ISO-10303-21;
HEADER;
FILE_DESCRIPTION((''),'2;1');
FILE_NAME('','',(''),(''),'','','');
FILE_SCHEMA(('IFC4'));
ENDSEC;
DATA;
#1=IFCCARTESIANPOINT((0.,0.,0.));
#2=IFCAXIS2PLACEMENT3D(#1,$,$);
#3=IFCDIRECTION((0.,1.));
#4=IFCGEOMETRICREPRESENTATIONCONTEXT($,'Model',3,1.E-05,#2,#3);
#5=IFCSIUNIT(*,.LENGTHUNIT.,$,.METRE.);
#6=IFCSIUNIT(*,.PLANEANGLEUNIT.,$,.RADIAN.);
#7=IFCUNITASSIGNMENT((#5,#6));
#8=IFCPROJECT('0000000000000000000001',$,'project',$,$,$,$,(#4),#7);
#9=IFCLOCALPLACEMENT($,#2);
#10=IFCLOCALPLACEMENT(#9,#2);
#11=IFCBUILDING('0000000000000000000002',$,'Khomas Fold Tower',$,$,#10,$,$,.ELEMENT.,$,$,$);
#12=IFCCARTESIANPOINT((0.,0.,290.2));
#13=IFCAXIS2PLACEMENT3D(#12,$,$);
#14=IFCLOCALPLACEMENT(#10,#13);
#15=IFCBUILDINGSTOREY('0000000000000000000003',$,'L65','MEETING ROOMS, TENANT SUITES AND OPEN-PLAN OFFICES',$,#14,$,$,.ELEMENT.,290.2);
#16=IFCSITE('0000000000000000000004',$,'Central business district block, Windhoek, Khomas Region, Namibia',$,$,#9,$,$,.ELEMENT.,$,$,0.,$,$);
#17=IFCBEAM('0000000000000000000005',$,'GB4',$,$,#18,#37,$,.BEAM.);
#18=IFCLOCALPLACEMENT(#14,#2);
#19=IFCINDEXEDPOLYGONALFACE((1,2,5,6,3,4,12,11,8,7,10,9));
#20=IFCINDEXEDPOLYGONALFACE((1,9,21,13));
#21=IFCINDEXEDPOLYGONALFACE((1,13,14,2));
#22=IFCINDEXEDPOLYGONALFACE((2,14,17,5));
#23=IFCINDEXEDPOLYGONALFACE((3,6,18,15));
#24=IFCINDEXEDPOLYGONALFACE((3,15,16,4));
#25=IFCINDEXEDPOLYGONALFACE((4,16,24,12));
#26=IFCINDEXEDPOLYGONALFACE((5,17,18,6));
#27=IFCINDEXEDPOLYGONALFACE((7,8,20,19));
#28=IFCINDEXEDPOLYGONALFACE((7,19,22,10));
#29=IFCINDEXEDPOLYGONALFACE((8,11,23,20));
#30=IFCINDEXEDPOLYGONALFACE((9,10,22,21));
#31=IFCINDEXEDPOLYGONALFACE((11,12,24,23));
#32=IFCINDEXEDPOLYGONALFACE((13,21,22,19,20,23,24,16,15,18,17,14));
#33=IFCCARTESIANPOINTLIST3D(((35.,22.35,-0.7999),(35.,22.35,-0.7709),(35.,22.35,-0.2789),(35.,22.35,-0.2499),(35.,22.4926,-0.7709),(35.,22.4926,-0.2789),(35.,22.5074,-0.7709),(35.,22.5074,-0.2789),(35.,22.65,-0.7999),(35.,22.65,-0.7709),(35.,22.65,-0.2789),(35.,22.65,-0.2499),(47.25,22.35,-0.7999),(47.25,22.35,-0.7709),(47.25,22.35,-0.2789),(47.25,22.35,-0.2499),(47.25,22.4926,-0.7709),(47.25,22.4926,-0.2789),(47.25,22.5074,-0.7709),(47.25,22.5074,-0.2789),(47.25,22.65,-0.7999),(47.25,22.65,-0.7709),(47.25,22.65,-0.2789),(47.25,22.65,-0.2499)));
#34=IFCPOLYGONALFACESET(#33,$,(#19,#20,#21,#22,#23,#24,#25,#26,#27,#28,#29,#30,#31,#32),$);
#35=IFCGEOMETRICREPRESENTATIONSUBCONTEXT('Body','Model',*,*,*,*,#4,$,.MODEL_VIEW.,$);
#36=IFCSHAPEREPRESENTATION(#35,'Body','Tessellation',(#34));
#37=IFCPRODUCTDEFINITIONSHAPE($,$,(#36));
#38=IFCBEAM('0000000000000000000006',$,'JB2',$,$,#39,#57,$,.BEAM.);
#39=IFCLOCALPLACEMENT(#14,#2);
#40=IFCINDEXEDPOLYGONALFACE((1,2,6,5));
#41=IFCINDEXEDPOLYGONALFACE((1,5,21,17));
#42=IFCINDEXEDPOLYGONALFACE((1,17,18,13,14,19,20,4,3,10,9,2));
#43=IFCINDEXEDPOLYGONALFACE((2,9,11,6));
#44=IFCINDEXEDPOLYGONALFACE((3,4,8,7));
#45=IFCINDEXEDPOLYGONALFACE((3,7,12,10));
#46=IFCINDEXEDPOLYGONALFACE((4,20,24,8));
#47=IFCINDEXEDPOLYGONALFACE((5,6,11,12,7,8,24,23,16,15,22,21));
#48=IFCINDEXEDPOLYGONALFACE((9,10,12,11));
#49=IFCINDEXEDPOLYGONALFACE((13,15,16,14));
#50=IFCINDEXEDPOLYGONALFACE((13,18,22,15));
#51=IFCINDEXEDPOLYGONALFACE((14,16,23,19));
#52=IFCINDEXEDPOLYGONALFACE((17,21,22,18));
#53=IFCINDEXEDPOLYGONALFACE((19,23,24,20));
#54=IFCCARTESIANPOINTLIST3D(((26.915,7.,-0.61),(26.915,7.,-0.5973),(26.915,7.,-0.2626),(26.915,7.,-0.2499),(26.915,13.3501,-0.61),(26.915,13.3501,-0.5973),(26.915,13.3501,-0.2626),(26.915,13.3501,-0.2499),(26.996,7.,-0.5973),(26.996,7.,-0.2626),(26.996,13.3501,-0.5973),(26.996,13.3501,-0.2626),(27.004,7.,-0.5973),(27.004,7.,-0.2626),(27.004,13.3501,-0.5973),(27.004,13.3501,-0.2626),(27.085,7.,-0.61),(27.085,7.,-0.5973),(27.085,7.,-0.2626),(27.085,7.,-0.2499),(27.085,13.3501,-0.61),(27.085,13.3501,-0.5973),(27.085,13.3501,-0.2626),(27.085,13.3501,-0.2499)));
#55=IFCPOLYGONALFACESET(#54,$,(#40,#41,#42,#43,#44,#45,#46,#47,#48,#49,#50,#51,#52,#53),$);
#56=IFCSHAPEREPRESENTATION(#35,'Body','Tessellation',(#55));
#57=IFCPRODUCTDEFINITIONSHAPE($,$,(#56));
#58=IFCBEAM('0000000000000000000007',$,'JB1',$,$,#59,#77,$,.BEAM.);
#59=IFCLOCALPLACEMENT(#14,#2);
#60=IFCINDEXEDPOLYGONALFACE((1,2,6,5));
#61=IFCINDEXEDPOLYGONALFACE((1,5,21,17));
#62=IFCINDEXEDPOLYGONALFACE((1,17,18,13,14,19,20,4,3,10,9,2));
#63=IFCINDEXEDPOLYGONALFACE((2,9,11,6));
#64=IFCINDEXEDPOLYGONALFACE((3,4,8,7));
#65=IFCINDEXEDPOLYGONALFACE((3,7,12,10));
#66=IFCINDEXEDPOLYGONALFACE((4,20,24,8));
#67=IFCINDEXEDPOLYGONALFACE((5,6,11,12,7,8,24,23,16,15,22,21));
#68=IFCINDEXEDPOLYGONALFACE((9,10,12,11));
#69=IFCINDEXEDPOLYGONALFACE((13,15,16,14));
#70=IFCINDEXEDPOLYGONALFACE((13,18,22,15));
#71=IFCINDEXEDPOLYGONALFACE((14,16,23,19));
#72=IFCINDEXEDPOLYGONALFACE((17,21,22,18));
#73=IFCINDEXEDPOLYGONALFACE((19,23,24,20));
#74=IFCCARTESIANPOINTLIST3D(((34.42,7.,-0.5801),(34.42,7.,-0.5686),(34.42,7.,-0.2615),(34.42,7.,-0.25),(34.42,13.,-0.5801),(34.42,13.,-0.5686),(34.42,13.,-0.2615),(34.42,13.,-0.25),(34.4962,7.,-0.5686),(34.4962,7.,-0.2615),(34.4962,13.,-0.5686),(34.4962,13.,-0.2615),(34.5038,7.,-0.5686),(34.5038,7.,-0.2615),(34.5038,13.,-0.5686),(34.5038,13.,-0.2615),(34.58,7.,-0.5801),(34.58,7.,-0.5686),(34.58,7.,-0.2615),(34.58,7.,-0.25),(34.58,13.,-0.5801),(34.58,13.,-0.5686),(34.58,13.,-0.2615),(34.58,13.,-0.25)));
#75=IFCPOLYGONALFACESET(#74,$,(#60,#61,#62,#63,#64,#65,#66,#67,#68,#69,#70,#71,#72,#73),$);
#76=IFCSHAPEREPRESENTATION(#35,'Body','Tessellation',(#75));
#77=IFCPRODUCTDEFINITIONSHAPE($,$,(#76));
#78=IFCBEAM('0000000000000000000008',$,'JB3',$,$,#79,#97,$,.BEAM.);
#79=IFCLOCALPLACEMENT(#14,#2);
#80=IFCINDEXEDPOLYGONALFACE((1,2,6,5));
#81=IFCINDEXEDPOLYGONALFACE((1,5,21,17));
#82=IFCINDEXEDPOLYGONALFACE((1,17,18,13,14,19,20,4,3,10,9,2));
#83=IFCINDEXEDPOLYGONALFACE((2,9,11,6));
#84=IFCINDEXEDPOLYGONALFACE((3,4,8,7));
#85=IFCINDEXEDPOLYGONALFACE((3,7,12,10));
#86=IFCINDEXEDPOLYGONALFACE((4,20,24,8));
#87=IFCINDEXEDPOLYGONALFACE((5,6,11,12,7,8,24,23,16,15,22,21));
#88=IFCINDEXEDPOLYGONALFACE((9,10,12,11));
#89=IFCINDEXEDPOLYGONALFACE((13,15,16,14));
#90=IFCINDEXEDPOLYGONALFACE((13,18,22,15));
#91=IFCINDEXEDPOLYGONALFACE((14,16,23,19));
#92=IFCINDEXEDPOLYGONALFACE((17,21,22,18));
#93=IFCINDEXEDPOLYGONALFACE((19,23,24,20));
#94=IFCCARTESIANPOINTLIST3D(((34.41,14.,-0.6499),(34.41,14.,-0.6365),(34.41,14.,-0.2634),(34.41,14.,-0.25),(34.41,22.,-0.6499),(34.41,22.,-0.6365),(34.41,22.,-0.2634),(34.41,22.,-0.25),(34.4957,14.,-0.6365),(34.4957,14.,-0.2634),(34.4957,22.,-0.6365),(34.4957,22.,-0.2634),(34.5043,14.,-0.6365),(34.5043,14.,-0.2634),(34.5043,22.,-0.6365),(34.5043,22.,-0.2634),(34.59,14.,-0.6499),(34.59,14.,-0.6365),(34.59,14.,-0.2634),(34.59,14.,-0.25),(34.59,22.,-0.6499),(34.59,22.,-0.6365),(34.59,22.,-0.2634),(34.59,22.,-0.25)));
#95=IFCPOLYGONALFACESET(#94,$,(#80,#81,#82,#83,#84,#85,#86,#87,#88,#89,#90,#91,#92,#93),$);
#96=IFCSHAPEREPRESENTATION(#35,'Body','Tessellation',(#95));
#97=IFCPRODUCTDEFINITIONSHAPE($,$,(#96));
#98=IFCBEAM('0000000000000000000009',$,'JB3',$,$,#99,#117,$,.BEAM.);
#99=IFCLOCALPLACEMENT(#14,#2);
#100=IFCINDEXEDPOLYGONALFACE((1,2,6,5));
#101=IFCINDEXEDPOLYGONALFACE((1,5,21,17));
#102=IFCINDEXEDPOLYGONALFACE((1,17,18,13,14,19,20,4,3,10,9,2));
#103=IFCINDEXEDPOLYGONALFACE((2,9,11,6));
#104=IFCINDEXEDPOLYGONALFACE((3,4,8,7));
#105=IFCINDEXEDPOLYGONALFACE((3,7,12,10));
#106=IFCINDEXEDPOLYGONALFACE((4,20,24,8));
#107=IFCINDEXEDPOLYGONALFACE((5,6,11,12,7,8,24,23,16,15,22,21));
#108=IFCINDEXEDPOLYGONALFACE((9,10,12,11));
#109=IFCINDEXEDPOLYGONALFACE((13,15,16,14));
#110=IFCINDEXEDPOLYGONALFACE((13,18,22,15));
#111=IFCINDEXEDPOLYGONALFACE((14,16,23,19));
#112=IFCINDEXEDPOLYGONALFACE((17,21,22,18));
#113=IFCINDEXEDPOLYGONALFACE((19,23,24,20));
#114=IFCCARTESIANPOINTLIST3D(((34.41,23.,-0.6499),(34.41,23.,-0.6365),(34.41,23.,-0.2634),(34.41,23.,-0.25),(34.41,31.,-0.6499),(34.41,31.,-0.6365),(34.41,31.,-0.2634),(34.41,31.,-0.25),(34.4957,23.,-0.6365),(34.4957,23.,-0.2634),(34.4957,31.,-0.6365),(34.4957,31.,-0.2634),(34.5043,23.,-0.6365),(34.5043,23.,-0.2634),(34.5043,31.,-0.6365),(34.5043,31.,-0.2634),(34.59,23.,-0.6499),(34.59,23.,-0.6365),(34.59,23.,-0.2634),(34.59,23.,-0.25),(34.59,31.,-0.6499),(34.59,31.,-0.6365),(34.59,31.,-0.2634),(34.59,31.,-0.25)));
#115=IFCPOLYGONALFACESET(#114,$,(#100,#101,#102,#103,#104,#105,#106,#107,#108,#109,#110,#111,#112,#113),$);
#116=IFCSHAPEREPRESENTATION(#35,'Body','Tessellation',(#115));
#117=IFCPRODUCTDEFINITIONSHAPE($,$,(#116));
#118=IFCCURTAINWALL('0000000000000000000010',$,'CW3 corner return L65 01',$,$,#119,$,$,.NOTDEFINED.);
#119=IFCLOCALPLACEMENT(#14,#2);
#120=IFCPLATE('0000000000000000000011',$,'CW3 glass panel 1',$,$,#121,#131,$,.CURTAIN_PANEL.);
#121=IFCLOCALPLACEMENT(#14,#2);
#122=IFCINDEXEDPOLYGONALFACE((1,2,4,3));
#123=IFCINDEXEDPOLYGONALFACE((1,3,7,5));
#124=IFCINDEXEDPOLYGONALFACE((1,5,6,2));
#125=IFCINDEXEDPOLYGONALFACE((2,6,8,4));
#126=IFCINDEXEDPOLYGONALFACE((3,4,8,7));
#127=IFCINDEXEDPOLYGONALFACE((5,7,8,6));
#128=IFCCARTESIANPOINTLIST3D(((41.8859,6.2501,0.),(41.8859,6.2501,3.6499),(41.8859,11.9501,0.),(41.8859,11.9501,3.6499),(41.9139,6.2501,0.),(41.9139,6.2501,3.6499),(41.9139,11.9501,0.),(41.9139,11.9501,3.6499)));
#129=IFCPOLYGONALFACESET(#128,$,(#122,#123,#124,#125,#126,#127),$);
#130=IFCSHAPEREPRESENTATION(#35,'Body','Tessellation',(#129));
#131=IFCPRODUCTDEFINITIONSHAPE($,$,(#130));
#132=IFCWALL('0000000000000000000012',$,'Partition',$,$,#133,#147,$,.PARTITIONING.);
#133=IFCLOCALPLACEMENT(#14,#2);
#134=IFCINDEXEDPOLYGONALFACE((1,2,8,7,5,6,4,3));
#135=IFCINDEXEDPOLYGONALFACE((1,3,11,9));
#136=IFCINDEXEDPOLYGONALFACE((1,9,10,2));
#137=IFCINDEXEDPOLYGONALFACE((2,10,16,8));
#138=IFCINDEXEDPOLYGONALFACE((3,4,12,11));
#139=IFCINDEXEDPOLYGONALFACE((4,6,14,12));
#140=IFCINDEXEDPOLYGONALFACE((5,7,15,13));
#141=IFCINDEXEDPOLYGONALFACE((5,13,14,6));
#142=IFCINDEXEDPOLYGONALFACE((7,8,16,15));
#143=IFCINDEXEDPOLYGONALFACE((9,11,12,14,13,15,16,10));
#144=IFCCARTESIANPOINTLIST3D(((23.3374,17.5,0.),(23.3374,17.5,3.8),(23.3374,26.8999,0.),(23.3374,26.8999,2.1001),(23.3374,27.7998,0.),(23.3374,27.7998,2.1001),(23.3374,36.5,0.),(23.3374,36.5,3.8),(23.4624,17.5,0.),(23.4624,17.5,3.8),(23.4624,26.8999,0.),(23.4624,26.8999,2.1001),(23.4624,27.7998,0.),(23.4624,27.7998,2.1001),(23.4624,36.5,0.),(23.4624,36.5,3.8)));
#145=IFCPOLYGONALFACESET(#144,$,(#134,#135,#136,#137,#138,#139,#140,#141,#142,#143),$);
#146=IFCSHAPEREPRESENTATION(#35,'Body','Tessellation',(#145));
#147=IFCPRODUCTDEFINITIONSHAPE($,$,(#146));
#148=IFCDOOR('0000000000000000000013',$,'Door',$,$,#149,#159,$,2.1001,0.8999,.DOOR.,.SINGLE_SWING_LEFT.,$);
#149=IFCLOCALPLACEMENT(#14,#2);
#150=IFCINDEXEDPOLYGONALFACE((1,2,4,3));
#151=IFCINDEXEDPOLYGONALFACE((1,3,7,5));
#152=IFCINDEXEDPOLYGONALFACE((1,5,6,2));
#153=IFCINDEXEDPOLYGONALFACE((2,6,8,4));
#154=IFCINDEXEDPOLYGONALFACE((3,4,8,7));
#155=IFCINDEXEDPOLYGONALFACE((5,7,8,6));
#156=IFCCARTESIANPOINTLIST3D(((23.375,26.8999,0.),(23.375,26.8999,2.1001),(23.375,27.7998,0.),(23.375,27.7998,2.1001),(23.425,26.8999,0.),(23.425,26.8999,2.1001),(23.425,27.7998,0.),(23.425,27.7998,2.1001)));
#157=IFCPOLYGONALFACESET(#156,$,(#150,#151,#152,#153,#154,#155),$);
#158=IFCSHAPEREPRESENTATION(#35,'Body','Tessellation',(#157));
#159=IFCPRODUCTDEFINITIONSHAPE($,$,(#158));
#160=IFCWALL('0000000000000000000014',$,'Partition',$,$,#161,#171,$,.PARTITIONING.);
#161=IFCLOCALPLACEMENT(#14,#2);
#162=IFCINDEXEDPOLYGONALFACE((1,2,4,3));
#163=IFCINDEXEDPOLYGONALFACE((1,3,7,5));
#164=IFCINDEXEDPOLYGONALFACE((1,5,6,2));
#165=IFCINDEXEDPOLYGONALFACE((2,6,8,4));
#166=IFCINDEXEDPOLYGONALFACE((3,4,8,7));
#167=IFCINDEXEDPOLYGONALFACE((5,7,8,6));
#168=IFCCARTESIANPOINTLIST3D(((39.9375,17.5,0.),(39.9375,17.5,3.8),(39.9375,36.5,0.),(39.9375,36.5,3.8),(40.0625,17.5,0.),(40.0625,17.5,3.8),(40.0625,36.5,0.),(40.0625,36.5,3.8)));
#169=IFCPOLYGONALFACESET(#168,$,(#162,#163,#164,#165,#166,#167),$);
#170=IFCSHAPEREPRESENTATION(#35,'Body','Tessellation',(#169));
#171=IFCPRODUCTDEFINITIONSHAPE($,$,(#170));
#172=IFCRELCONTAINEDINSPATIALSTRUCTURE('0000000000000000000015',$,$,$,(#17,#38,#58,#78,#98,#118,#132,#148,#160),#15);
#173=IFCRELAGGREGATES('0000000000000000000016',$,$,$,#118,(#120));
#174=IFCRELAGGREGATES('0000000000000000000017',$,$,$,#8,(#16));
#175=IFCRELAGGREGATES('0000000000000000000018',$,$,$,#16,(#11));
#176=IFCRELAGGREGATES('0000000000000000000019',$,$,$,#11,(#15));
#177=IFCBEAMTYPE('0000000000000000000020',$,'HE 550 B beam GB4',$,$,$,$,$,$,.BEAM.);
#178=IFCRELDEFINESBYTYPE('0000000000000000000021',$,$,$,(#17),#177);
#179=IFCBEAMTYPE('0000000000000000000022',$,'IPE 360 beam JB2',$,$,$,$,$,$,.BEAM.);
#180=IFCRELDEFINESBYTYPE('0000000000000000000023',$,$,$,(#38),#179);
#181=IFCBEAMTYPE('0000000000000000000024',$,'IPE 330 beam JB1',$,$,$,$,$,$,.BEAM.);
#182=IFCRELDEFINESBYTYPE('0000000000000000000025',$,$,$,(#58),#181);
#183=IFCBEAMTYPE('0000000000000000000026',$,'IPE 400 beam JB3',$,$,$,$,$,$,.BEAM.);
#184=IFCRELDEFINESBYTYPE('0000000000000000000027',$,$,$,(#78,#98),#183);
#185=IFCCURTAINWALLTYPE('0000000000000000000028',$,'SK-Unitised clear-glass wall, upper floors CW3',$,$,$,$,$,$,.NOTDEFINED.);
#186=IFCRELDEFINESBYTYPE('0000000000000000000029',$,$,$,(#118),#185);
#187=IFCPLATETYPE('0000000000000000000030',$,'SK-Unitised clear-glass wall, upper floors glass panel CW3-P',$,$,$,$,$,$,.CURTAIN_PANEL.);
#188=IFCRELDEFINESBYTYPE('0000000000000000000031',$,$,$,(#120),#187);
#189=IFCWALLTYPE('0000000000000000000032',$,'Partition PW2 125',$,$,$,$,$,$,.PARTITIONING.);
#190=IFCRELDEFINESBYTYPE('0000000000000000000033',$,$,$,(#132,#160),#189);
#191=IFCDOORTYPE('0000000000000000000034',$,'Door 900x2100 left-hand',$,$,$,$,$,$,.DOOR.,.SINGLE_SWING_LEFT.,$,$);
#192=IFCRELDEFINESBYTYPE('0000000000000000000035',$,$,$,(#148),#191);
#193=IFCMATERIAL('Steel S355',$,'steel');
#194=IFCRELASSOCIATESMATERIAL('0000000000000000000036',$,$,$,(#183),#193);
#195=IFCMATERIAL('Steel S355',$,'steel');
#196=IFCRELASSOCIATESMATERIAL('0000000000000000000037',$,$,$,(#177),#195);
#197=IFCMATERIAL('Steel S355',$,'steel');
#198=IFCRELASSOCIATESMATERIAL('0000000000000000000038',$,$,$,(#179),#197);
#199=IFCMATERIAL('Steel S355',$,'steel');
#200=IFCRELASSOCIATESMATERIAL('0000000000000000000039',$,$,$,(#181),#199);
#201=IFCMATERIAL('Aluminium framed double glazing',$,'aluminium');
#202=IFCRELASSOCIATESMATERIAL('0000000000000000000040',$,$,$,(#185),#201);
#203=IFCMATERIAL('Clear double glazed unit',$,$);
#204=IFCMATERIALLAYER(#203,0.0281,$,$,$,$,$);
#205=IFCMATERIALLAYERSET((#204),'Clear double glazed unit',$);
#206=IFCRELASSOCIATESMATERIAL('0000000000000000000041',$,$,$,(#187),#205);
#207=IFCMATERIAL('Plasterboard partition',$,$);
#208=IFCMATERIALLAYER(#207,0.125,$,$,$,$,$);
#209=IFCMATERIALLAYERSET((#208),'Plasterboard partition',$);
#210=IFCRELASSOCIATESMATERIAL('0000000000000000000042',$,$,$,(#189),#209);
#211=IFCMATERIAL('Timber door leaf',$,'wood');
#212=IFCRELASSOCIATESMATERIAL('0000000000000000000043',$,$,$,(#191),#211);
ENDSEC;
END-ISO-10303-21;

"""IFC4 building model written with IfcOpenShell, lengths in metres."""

from ifc_helpers import new_model, si_unit, direction, frame, frame_2d, origin, origin_2d, place, context, subcontext, project, spatial, rectangle, i_section, extrude, source, transform, mapped, material, layer, layer_set, material_profile, profile_set, type_object, element, fill, aggregate, save


model = new_model("IFC4")

# Units and contexts
model_context = context("Model", 3, precision=1e-05, world=origin(), true_north=direction((0.0, 1.0)))
body_context = subcontext(model_context, "Body", "Model", "MODEL_VIEW")
ifc_project = project(units=[si_unit("LENGTHUNIT", "METRE"), si_unit("PLANEANGLEUNIT", "RADIAN")], contexts=[model_context])

# Site, building, storey
site_placement = place(None, origin())
site = spatial("IfcSite", under=ifc_project, at=site_placement, Name="Central business district block, Windhoek, Khomas Region, Namibia", CompositionType="ELEMENT", RefElevation=0.0)
building_placement = place(site_placement, origin())
building = spatial("IfcBuilding", under=site, at=building_placement, Name="Khomas Fold Tower", CompositionType="ELEMENT")
storey_placement = place(building_placement, frame((0.0, 0.0, 290.2)))
storey = spatial("IfcBuildingStorey", under=building, at=storey_placement, Name="L65", Description="MEETING ROOMS, TENANT SUITES AND OPEN-PLAN OFFICES", CompositionType="ELEMENT", Elevation=290.2)

# Beams
ifc_material_1 = material(Name="Steel S355", Category="steel")
ifc_material_profile_1 = material_profile(ifc_material_1, i_section(OverallWidth=0.1799, OverallDepth=0.3999, WebThickness=0.0085, FlangeThickness=0.0134, at=origin_2d()), Name="IPE 400")
ifc_profile_set_1 = profile_set([ifc_material_profile_1], Name="Steel S355")
beam_type_1 = type_object("IfcBeamType", Name="IPE 400 beam JB3", PredefinedType="BEAM", material=ifc_profile_set_1)
ifc_material_2 = material(Name="Steel S355", Category="steel")
ifc_material_profile_2 = material_profile(ifc_material_2, i_section(OverallWidth=0.3, OverallDepth=0.55, WebThickness=0.0149, FlangeThickness=0.0291, at=origin_2d()), Name="HE 550 B")
ifc_profile_set_2 = profile_set([ifc_material_profile_2], Name="Steel S355")
beam_type_2 = type_object("IfcBeamType", Name="HE 550 B beam GB4", PredefinedType="BEAM", material=ifc_profile_set_2)
shared_shape_1 = source(origin(), body_context, "Body", "SweptSolid", [
    extrude(i_section(OverallWidth=0.3, OverallDepth=0.55, WebThickness=0.0149, FlangeThickness=0.0291, at=origin_2d()), origin(), (0.0, 0.0, 1.0), 12.25),
])
beam_1_placement = place(storey_placement, frame((35.0, 22.5, -0.5249), z_axis=(1.0, 0.0, 0.0), x_axis=(0.0, 1.0, 0.0)))
element("IfcBeam", 1, at=beam_1_placement, inside=storey, type_object=beam_type_2, Name="GB4", PredefinedType="BEAM", context=body_context, shape_type="MappedRepresentation", body=[
    mapped(shared_shape_1, transform((0.0, 0.0, 0.0))),
])
ifc_material_3 = material(Name="Steel S355", Category="steel")
ifc_material_profile_3 = material_profile(ifc_material_3, i_section(OverallWidth=0.1699, OverallDepth=0.3601, WebThickness=0.0081, FlangeThickness=0.0127, at=origin_2d()), Name="IPE 360")
ifc_profile_set_3 = profile_set([ifc_material_profile_3], Name="Steel S355")
beam_type_3 = type_object("IfcBeamType", Name="IPE 360 beam JB2", PredefinedType="BEAM", material=ifc_profile_set_3)
shared_shape_2 = source(origin(), body_context, "Body", "SweptSolid", [
    extrude(i_section(OverallWidth=0.1699, OverallDepth=0.3601, WebThickness=0.0081, FlangeThickness=0.0127, at=origin_2d()), origin(), (0.0, 0.0, 1.0), 6.3501),
])
beam_2_placement = place(storey_placement, frame((27.0, 7.0, -0.4299), z_axis=(0.0, 1.0, 0.0), x_axis=(-1.0, 0.0, 0.0)))
element("IfcBeam", 2, at=beam_2_placement, inside=storey, type_object=beam_type_3, Name="JB2", PredefinedType="BEAM", context=body_context, shape_type="MappedRepresentation", body=[
    mapped(shared_shape_2, transform((0.0, 0.0, 0.0))),
])
ifc_material_4 = material(Name="Steel S355", Category="steel")
ifc_material_profile_4 = material_profile(ifc_material_4, i_section(OverallWidth=0.1599, OverallDepth=0.3301, WebThickness=0.0076, FlangeThickness=0.0115, at=origin_2d()), Name="IPE 330")
ifc_profile_set_4 = profile_set([ifc_material_profile_4], Name="Steel S355")
beam_type_4 = type_object("IfcBeamType", Name="IPE 330 beam JB1", PredefinedType="BEAM", material=ifc_profile_set_4)
shared_shape_3 = source(origin(), body_context, "Body", "SweptSolid", [
    extrude(i_section(OverallWidth=0.1599, OverallDepth=0.3301, WebThickness=0.0076, FlangeThickness=0.0115, at=origin_2d()), origin(), (0.0, 0.0, 1.0), 6.0),
])
beam_3_placement = place(storey_placement, frame((34.5, 7.0, -0.415), z_axis=(0.0, 1.0, 0.0), x_axis=(-1.0, 0.0, 0.0)))
element("IfcBeam", 3, at=beam_3_placement, inside=storey, type_object=beam_type_4, Name="JB1", PredefinedType="BEAM", context=body_context, shape_type="MappedRepresentation", body=[
    mapped(shared_shape_3, transform((0.0, 0.0, 0.0))),
])
shared_shape_4 = source(origin(), body_context, "Body", "SweptSolid", [
    extrude(i_section(OverallWidth=0.1799, OverallDepth=0.3999, WebThickness=0.0085, FlangeThickness=0.0134, at=origin_2d()), origin(), (0.0, 0.0, 1.0), 8.0),
])
for number, where, z_axis, x_axis, name in (
    (4, (34.5, 14.0, -0.45), (0.0, 1.0, 0.0), (-1.0, 0.0, 0.0), "JB3"),
    (5, (34.5, 23.0, -0.45), (0.0, 1.0, 0.0), (-1.0, 0.0, 0.0), "JB3"),
):
    element("IfcBeam", number, at=place(storey_placement, frame(where, z_axis=z_axis, x_axis=x_axis)), inside=storey, type_object=beam_type_1, Name=name, PredefinedType="BEAM", context=body_context, shape_type="MappedRepresentation", body=[
        mapped(shared_shape_4, transform((0.0, 0.0, 0.0))),
    ])

# Curtain wall, plate
ifc_material_5 = material(Name="Aluminium framed double glazing", Category="aluminium")
curtain_wall_type = type_object("IfcCurtainWallType", Name="SK-Unitised clear-glass wall, upper floors CW3", PredefinedType="NOTDEFINED", material=ifc_material_5)
curtain_wall_placement = place(storey_placement, origin())
curtain_wall = element("IfcCurtainWall", 6, at=curtain_wall_placement, inside=storey, type_object=curtain_wall_type, Name="CW3 corner return L65 01", PredefinedType="NOTDEFINED")
ifc_material_6 = material(Name="Clear double glazed unit")
ifc_layer_1 = layer(ifc_material_6, 0.0281)
ifc_layer_set_1 = layer_set([ifc_layer_1], Name="Clear double glazed unit")
plate_type = type_object("IfcPlateType", Name="SK-Unitised clear-glass wall, upper floors glass panel CW3-P", PredefinedType="CURTAIN_PANEL", material=ifc_layer_set_1)
shared_shape_5 = source(origin(), body_context, "Body", "SweptSolid", [
    extrude(rectangle(XDim=5.7, YDim=0.0281, at=origin_2d()), origin(), (0.0, 0.0, 1.0), 3.6499),
])
plate_placement = place(storey_placement, frame((41.8999, 9.1001, 0.0), z_axis=(0.0, 0.0, 1.0), x_axis=(0.0, 1.0, 0.0)))
plate = element("IfcPlate", 7, at=plate_placement, type_object=plate_type, Name="CW3 glass panel 1", PredefinedType="CURTAIN_PANEL", context=body_context, shape_type="MappedRepresentation", body=[
    mapped(shared_shape_5, transform((0.0, 0.0, 0.0))),
])
aggregate(curtain_wall, [plate])

# Wall, opening, door
ifc_material_7 = material(Name="Plasterboard partition")
ifc_layer_2 = layer(ifc_material_7, 0.125)
ifc_layer_set_2 = layer_set([ifc_layer_2], Name="Plasterboard partition")
wall_type_1 = type_object("IfcWallType", Name="Partition PW2 125", PredefinedType="PARTITIONING", material=ifc_layer_set_2)
shared_shape_6 = source(origin(), body_context, "Body", "SweptSolid", [
    extrude(rectangle(XDim=19.0, YDim=0.125, at=frame_2d((9.5, 0.0))), origin(), (0.0, 0.0, 1.0), 3.8),
])
wall_1_placement = place(storey_placement, frame((23.3999, 17.5, 0.0), z_axis=(0.0, 0.0, 1.0), x_axis=(0.0, 1.0, 0.0)))
wall_1 = element("IfcWall", 8, at=wall_1_placement, inside=storey, type_object=wall_type_1, Name="Partition", PredefinedType="PARTITIONING", context=body_context, shape_type="MappedRepresentation", body=[
    mapped(shared_shape_6, transform((0.0, 0.0, 0.0))),
])
shared_shape_7 = source(origin(), body_context, "Body", "SweptSolid", [
    extrude(rectangle(XDim=0.8999, YDim=2.1001, at=frame_2d((0.45, 1.05))), frame((0.0, 0.0725, 0.0), z_axis=(0.0, -1.0, 0.0), x_axis=(1.0, 0.0, 0.0)), (0.0, 0.0, 1.0), 0.145),
])
opening_placement = place(wall_1_placement, frame((9.3999, 0.0, 0.0)))
opening = element("IfcOpeningElement", 9, at=opening_placement, cuts=wall_1, PredefinedType="OPENING", context=body_context, shape_type="MappedRepresentation", body=[
    mapped(shared_shape_7, transform((0.0, 0.0, 0.0))),
])
ifc_material_8 = material(Name="Timber door leaf", Category="wood")
door_type = type_object("IfcDoorType", Name="Door 900x2100 left-hand", OperationType="SINGLE_SWING_LEFT", PredefinedType="DOOR", material=ifc_material_8)
shared_shape_8 = source(origin(), body_context, "Body", "SweptSolid", [
    extrude(rectangle(XDim=0.8999, YDim=2.1001, at=frame_2d((0.45, 1.05))), frame((0.0, 0.0249, 0.0), z_axis=(0.0, -1.0, 0.0), x_axis=(1.0, 0.0, 0.0)), (0.0, 0.0, 1.0), 0.05),
])
door_placement = place(opening_placement, origin())
door = element("IfcDoor", 10, at=door_placement, inside=storey, type_object=door_type, Name="Door", OperationType="SINGLE_SWING_LEFT", OverallHeight=2.1001, OverallWidth=0.8999, PredefinedType="DOOR", context=body_context, shape_type="MappedRepresentation", body=[
    mapped(shared_shape_8, transform((0.0, 0.0, 0.0))),
])
fill(opening, door)

# Wall
wall_2_placement = place(storey_placement, frame((40.0, 17.5, 0.0), z_axis=(0.0, 0.0, 1.0), x_axis=(0.0, 1.0, 0.0)))
element("IfcWall", 11, at=wall_2_placement, inside=storey, type_object=wall_type_1, Name="Partition", PredefinedType="PARTITIONING", context=body_context, shape_type="MappedRepresentation", body=[
    mapped(shared_shape_6, transform((0.0, 0.0, 0.0))),
])

save(model, "model.ifc")
